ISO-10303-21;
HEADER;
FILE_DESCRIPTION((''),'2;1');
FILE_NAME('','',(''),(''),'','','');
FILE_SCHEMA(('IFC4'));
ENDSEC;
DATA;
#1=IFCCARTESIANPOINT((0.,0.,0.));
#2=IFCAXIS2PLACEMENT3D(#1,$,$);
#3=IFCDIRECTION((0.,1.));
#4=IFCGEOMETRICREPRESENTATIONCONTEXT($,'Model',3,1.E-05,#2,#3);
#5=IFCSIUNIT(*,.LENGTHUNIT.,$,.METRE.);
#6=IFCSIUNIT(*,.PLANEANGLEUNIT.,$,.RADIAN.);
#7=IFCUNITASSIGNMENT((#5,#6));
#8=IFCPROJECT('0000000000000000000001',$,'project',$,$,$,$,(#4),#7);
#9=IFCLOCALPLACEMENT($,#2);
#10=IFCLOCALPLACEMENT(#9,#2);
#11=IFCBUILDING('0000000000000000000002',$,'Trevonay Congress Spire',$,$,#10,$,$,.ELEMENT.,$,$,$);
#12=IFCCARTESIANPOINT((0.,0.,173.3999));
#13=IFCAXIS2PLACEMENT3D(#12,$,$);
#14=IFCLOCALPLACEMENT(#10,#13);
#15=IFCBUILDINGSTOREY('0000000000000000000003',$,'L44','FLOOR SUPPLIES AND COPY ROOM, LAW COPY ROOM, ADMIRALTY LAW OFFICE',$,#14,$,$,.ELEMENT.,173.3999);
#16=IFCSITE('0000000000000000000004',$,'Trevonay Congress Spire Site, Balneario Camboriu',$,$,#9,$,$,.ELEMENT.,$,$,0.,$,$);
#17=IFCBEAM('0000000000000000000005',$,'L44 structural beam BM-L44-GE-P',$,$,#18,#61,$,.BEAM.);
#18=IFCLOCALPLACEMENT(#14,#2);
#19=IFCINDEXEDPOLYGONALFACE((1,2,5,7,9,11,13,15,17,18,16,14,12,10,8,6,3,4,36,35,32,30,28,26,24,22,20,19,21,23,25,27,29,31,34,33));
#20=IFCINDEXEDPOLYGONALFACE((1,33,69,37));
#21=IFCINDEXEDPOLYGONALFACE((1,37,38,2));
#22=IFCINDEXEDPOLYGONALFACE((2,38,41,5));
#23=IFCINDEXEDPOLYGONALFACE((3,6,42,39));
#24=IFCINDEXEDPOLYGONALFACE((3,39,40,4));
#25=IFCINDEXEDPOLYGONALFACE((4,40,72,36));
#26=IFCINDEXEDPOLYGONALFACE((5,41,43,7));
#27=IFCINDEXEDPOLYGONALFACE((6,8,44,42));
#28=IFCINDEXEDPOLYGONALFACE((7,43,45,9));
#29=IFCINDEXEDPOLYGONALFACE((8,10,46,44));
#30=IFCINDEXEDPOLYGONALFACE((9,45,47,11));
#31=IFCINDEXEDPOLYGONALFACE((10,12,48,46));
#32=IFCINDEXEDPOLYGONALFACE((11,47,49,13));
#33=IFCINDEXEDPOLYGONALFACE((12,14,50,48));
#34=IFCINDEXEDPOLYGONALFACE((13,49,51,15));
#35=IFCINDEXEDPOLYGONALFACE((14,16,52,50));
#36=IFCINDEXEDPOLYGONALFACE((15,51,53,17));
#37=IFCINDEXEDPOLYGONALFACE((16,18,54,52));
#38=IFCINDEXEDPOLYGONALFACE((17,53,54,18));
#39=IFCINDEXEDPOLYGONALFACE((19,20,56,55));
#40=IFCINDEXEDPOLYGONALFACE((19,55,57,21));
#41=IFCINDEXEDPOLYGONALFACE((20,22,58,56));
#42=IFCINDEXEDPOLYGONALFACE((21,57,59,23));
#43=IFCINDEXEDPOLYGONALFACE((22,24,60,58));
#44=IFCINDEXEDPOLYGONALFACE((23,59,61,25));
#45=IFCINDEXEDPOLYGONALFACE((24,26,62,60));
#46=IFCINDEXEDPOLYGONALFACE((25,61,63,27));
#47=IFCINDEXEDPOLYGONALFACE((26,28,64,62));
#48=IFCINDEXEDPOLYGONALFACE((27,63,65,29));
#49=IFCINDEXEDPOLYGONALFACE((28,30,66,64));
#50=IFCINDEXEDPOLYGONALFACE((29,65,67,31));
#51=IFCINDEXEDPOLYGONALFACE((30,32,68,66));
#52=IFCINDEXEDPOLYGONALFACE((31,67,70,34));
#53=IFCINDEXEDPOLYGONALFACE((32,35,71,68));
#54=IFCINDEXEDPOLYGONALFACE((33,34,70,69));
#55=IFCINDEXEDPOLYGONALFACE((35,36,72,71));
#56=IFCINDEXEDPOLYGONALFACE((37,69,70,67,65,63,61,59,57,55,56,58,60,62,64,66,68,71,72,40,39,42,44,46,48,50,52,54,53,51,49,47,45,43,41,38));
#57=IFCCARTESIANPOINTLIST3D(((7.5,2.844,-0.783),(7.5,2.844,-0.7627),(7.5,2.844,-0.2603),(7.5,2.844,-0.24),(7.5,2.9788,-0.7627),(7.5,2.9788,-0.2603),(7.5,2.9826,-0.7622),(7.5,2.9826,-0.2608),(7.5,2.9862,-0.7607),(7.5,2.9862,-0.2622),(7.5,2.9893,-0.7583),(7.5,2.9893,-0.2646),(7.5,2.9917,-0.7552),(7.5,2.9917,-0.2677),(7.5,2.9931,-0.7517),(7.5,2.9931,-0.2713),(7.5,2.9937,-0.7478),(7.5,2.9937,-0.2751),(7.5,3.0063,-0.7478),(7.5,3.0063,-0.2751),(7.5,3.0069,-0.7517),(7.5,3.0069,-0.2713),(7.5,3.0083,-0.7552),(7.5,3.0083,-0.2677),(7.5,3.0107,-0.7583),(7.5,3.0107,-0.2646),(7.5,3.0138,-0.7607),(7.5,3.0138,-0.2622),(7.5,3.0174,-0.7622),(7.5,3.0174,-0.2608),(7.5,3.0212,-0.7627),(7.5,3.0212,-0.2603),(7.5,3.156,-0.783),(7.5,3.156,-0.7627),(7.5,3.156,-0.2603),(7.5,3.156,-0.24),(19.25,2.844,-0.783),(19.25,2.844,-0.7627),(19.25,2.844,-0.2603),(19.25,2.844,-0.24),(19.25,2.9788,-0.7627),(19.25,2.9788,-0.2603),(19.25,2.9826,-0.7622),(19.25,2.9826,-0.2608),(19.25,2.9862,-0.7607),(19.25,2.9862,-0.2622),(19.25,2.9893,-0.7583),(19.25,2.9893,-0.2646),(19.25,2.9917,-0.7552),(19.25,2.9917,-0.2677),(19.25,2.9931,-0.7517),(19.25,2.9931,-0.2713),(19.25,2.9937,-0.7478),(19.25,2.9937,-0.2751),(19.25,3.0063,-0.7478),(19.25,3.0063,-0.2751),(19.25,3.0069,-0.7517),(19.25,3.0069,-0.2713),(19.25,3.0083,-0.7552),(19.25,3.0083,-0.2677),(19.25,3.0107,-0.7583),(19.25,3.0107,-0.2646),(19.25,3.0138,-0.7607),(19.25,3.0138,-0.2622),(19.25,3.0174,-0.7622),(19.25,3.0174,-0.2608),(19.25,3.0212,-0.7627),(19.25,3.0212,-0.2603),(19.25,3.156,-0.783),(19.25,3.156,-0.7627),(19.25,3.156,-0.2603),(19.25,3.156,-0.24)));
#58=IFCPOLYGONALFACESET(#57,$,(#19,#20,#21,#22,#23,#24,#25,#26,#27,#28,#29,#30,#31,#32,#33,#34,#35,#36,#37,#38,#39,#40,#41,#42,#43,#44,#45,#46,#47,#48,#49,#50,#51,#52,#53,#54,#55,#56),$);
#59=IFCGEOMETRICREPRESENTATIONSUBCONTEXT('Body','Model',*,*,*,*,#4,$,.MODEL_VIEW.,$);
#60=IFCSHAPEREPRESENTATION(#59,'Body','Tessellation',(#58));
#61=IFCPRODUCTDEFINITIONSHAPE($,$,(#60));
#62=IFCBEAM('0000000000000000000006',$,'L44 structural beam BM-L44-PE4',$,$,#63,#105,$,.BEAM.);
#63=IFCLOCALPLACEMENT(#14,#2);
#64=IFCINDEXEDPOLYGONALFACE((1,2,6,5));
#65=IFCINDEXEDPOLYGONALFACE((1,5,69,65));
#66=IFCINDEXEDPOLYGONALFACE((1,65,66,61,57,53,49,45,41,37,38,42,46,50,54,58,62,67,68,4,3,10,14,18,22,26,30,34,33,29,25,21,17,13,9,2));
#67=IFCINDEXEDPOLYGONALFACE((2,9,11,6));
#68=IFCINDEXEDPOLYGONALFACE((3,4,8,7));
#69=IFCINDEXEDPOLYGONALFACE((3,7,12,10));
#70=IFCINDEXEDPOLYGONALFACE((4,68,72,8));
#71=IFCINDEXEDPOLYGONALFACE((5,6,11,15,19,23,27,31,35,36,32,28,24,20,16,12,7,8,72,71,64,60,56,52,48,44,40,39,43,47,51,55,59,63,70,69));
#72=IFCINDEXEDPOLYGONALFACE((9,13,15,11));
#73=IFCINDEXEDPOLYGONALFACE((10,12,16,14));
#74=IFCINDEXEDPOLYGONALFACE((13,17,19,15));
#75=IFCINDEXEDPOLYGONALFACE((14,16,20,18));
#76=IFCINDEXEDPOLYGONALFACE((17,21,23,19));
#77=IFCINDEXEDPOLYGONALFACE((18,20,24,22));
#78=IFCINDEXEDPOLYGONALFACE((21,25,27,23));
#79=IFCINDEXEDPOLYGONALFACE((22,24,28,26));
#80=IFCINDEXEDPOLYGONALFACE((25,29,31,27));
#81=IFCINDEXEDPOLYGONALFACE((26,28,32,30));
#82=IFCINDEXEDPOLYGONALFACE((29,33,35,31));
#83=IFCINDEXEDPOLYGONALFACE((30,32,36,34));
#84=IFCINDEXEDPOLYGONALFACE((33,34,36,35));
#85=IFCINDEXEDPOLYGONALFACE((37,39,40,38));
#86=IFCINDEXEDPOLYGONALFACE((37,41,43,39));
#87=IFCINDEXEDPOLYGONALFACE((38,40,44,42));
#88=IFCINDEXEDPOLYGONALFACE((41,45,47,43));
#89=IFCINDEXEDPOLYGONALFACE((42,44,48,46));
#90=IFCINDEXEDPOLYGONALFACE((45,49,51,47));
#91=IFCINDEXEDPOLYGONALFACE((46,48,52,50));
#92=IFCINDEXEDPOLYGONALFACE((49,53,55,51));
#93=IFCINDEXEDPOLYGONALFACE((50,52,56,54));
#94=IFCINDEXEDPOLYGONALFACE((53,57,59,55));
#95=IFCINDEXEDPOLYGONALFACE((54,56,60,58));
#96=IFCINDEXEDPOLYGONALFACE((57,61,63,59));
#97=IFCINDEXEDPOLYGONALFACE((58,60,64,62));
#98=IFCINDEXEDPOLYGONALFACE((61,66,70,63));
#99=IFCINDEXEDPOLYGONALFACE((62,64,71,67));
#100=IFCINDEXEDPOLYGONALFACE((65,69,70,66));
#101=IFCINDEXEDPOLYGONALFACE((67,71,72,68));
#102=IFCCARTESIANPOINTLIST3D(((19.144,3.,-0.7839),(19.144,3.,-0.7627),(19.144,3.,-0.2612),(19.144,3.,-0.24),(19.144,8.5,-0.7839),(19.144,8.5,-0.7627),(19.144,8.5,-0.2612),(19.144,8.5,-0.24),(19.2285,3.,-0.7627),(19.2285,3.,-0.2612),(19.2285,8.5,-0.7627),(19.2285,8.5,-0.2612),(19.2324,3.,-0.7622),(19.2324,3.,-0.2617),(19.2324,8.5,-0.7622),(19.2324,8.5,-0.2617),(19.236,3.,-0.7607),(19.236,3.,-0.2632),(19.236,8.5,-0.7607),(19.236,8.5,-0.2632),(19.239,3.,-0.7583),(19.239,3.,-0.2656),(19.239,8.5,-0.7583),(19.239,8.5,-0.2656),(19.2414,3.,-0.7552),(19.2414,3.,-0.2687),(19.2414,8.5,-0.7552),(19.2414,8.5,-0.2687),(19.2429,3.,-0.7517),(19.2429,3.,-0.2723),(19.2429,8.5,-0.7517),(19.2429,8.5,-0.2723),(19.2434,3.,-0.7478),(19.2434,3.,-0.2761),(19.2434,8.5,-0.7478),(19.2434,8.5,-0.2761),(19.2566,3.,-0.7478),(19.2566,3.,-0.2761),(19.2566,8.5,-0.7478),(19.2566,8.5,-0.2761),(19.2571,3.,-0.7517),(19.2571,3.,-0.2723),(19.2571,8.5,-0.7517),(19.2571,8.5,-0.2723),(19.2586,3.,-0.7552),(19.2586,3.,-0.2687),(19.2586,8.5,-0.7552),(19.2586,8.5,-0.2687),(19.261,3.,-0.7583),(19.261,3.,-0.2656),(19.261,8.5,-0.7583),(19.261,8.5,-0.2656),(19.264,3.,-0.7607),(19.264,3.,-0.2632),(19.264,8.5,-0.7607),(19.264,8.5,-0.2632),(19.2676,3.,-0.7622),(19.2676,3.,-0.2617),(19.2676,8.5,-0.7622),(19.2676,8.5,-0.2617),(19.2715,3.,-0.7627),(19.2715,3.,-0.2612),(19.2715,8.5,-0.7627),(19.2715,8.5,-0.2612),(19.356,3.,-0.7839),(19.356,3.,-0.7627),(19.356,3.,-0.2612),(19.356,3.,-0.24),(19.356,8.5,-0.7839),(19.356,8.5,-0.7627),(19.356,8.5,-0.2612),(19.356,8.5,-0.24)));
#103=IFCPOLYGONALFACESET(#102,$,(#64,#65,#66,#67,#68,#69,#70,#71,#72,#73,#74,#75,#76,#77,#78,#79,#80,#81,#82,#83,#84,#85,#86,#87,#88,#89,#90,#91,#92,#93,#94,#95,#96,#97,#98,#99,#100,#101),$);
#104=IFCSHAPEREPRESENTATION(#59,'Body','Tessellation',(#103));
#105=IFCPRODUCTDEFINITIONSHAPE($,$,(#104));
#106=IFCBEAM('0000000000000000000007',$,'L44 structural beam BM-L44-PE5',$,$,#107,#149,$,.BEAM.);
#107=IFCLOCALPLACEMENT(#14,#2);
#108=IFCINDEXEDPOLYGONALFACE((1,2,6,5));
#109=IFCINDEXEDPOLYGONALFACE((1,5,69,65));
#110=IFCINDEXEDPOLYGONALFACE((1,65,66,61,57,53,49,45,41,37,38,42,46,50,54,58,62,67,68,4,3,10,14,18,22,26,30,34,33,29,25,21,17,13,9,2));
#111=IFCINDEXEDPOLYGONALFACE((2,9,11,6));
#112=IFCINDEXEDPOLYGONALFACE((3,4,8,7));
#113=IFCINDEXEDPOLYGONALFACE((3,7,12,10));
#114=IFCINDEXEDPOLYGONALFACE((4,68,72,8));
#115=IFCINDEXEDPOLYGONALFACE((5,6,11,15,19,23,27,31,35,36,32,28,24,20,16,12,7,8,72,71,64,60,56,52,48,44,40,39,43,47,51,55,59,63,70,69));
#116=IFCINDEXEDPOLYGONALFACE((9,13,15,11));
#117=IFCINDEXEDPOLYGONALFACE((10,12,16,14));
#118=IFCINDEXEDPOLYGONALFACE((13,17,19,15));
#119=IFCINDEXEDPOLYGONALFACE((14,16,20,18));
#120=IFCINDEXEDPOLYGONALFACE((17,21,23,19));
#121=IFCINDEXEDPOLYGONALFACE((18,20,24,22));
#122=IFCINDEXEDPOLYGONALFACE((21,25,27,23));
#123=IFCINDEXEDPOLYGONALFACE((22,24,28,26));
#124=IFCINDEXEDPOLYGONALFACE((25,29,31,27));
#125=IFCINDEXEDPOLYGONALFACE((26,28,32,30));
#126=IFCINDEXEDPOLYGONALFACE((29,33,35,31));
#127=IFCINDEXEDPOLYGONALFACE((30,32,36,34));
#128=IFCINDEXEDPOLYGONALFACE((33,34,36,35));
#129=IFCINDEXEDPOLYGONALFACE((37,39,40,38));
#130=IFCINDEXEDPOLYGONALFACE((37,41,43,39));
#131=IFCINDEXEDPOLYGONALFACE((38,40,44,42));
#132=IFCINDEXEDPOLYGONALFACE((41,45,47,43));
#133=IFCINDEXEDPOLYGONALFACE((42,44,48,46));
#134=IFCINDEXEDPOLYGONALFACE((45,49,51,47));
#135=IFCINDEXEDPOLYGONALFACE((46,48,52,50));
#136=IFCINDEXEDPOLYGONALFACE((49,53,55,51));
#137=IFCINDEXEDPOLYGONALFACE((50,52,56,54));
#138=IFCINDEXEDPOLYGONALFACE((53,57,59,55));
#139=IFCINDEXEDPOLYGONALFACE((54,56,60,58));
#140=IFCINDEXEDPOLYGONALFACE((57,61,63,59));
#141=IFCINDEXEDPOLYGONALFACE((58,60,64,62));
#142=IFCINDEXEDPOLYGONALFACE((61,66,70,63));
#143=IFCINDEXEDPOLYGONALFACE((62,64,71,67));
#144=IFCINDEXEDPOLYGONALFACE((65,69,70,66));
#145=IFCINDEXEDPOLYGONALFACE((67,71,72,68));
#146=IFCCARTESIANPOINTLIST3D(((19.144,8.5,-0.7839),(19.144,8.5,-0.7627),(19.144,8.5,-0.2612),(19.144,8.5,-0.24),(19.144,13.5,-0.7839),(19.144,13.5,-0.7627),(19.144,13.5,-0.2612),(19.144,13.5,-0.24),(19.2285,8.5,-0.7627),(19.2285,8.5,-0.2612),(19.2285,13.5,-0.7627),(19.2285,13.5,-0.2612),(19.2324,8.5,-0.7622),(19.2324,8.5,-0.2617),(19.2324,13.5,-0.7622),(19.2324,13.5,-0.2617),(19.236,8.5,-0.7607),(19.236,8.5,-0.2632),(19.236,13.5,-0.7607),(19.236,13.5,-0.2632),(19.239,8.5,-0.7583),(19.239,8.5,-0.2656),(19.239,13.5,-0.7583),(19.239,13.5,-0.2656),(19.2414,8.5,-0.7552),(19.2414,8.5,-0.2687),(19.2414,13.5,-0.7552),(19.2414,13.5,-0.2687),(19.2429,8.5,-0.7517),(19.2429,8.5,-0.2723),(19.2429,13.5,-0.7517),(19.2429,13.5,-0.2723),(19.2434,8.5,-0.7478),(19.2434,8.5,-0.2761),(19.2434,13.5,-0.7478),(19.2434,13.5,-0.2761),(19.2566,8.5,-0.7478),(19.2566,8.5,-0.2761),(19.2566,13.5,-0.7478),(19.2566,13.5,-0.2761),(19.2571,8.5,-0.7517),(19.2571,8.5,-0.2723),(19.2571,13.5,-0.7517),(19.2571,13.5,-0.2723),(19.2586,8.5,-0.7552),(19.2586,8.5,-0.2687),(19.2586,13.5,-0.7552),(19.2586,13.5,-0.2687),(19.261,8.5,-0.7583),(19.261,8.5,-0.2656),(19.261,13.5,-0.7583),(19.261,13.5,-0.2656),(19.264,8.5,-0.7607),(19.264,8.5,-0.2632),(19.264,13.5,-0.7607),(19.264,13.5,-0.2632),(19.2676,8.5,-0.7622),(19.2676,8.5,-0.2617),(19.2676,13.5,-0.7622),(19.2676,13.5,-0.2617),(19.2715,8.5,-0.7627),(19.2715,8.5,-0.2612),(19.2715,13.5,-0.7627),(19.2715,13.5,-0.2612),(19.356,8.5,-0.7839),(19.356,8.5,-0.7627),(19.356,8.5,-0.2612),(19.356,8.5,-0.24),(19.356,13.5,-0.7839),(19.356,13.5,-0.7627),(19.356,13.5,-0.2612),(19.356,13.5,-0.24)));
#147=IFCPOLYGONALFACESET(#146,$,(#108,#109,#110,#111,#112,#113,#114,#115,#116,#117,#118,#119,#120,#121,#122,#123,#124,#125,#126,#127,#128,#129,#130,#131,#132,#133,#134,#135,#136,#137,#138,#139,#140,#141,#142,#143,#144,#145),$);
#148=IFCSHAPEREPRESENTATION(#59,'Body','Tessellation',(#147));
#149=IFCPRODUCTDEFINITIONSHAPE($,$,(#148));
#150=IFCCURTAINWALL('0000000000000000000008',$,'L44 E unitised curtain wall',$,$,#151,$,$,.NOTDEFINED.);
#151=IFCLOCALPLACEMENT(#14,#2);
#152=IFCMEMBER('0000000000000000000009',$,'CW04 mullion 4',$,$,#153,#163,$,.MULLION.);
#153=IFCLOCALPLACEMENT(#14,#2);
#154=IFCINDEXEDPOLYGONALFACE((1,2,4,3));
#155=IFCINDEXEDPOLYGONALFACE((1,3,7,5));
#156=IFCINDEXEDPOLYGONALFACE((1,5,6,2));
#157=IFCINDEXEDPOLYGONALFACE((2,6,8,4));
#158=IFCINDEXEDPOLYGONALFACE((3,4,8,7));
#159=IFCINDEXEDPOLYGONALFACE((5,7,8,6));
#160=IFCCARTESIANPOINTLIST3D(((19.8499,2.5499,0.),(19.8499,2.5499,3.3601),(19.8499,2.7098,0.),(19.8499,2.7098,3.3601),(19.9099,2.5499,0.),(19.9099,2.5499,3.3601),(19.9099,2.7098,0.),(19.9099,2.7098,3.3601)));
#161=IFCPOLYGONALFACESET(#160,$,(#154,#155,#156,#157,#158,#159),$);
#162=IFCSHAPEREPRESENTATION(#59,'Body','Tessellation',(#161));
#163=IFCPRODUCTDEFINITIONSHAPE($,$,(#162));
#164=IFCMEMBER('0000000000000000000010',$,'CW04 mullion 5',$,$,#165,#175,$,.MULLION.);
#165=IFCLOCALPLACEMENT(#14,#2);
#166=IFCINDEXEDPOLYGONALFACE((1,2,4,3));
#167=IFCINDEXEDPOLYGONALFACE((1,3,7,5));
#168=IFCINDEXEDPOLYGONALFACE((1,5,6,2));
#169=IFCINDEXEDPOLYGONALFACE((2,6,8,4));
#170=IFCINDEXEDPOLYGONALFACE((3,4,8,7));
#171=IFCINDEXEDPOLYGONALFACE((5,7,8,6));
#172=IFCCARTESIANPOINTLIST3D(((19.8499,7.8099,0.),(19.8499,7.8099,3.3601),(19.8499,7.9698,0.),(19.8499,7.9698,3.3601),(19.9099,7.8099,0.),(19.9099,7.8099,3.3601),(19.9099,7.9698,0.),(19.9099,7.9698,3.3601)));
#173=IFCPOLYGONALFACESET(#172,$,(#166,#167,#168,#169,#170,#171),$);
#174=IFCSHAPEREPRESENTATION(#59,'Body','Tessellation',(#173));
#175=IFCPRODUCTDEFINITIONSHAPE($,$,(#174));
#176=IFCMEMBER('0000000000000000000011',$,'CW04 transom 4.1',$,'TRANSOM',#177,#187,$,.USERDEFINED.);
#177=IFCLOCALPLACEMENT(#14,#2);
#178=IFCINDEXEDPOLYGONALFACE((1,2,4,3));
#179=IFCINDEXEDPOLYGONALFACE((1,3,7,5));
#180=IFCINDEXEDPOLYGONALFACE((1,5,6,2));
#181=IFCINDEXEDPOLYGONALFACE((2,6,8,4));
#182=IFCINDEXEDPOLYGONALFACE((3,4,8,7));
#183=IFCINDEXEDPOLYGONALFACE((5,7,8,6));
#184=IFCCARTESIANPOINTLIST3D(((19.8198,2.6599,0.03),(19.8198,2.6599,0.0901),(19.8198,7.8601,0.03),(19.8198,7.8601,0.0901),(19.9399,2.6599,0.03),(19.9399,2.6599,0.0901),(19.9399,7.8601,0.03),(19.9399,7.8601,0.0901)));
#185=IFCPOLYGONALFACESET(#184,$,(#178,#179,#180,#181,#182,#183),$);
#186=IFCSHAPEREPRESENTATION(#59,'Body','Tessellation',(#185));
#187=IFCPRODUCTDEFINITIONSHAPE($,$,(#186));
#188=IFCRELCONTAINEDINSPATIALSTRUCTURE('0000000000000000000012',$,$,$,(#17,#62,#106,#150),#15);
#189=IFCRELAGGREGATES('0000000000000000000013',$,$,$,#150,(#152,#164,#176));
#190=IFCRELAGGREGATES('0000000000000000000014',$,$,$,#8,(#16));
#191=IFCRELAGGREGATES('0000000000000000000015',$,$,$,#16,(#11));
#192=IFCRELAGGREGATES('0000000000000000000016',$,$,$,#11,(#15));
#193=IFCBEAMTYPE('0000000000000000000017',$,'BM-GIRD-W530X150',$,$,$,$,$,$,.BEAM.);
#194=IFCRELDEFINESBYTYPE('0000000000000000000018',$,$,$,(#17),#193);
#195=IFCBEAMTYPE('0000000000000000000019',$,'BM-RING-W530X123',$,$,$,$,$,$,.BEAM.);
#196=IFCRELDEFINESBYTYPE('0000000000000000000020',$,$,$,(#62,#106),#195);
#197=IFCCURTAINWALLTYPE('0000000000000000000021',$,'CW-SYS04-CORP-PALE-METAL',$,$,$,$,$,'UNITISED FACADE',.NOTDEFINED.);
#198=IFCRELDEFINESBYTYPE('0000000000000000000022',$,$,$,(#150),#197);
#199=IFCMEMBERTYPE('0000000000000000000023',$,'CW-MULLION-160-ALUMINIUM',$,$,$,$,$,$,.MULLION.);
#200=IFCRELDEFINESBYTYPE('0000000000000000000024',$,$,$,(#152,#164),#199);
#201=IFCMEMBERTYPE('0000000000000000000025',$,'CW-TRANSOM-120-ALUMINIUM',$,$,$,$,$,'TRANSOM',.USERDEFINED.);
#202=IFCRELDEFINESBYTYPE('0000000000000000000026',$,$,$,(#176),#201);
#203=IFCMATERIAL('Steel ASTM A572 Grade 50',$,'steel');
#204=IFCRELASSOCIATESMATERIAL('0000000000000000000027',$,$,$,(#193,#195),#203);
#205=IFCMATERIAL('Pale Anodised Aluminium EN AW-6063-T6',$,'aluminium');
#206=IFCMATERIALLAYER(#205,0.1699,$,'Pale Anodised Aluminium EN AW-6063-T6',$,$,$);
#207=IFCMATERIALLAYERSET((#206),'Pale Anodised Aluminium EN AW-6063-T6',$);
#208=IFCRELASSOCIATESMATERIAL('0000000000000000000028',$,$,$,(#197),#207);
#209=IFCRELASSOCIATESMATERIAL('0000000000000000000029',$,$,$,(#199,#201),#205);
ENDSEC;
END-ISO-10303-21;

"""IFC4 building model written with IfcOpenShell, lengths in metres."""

from ifc_helpers import new_model, si_unit, direction, frame, origin, origin_2d, place, context, subcontext, project, spatial, rectangle, i_section, extrude, material, layer, layer_set, material_profile, profile_set, type_object, element, aggregate, save


model = new_model("IFC4")

# Units and contexts
model_context = context("Model", 3, precision=1e-05, world=origin(), true_north=direction((0.0, 1.0)))
body_context = subcontext(model_context, "Body", "Model", "MODEL_VIEW")
ifc_project = project(units=[si_unit("LENGTHUNIT", "METRE"), si_unit("PLANEANGLEUNIT", "RADIAN")], contexts=[model_context])

# Site, building, storey
site_placement = place(None, origin())
site = spatial("IfcSite", under=ifc_project, at=site_placement, Name="Trevonay Congress Spire Site, Balneario Camboriu", CompositionType="ELEMENT", RefElevation=0.0)
building_placement = place(site_placement, origin())
building = spatial("IfcBuilding", under=site, at=building_placement, Name="Trevonay Congress Spire", CompositionType="ELEMENT")
storey_placement = place(building_placement, frame((0.0, 0.0, 173.3999)))
storey = spatial("IfcBuildingStorey", under=building, at=storey_placement, Name="L44", Description="FLOOR SUPPLIES AND COPY ROOM, LAW COPY ROOM, ADMIRALTY LAW OFFICE", CompositionType="ELEMENT", Elevation=173.3999)

# Shared definitions
ifc_material_1 = material(Name="Steel ASTM A572 Grade 50", Category="steel")

# Beams
ifc_material_profile_1 = material_profile(ifc_material_1, i_section(OverallWidth=0.312, OverallDepth=0.543, WebThickness=0.0127, FlangeThickness=0.0203, FilletRadius=0.0149, at=origin_2d()), Name="W530x150")
ifc_profile_set_1 = profile_set([ifc_material_profile_1], Name="Steel ASTM A572 Grade 50")
beam_type_1 = type_object("IfcBeamType", Name="BM-GIRD-W530X150", PredefinedType="BEAM", material=ifc_profile_set_1)
beam_1_placement = place(storey_placement, frame((7.5, 3.0, -0.5115), z_axis=(1.0, 0.0, 0.0), x_axis=(0.0, 1.0, 0.0)))
element("IfcBeam", 1, at=beam_1_placement, inside=storey, type_object=beam_type_1, Name="L44 structural beam BM-L44-GE-P", PredefinedType="BEAM", context=body_context, shape_type="SweptSolid", body=[
    extrude(i_section(OverallWidth=0.312, OverallDepth=0.543, WebThickness=0.0127, FlangeThickness=0.0203, FilletRadius=0.0149, at=origin_2d()), origin(), (0.0, 0.0, 1.0), 11.75),
])
ifc_material_profile_2 = material_profile(ifc_material_1, i_section(OverallWidth=0.2119, OverallDepth=0.5439, WebThickness=0.0132, FlangeThickness=0.0212, FilletRadius=0.0149, at=origin_2d()), Name="W530x123")
ifc_profile_set_2 = profile_set([ifc_material_profile_2], Name="Steel ASTM A572 Grade 50")
beam_type_2 = type_object("IfcBeamType", Name="BM-RING-W530X123", PredefinedType="BEAM", material=ifc_profile_set_2)
beam_2_placement = place(storey_placement, frame((19.25, 3.0, -0.512), z_axis=(0.0, 1.0, 0.0), x_axis=(-1.0, 0.0, 0.0)))
element("IfcBeam", 2, at=beam_2_placement, inside=storey, type_object=beam_type_2, Name="L44 structural beam BM-L44-PE4", PredefinedType="BEAM", context=body_context, shape_type="SweptSolid", body=[
    extrude(i_section(OverallWidth=0.2119, OverallDepth=0.5439, WebThickness=0.0132, FlangeThickness=0.0212, FilletRadius=0.0149, at=origin_2d()), origin(), (0.0, 0.0, 1.0), 5.5),
])
beam_3_placement = place(storey_placement, frame((19.25, 8.5, -0.512), z_axis=(0.0, 1.0, 0.0), x_axis=(-1.0, 0.0, 0.0)))
element("IfcBeam", 3, at=beam_3_placement, inside=storey, type_object=beam_type_2, Name="L44 structural beam BM-L44-PE5", PredefinedType="BEAM", context=body_context, shape_type="SweptSolid", body=[
    extrude(i_section(OverallWidth=0.2119, OverallDepth=0.5439, WebThickness=0.0132, FlangeThickness=0.0212, FilletRadius=0.0149, at=origin_2d()), origin(), (0.0, 0.0, 1.0), 5.0),
])

# Curtain wall, members
ifc_material_2 = material(Name="Pale Anodised Aluminium EN AW-6063-T6", Category="aluminium")
ifc_layer_1 = layer(ifc_material_2, 0.1699, Name="Pale Anodised Aluminium EN AW-6063-T6")
ifc_layer_set_1 = layer_set([ifc_layer_1], Name="Pale Anodised Aluminium EN AW-6063-T6")
curtain_wall_type = type_object("IfcCurtainWallType", Name="CW-SYS04-CORP-PALE-METAL", ElementType="UNITISED FACADE", PredefinedType="NOTDEFINED", material=ifc_layer_set_1)
curtain_wall_placement = place(storey_placement, origin())
curtain_wall = element("IfcCurtainWall", 4, at=curtain_wall_placement, inside=storey, type_object=curtain_wall_type, Name="L44 E unitised curtain wall", PredefinedType="NOTDEFINED")
ifc_material_profile_3 = material_profile(ifc_material_2, rectangle(XDim=0.0601, YDim=0.1599, at=origin_2d()), Name="CW-MULLION-160-ALUMINIUM")
ifc_profile_set_3 = profile_set([ifc_material_profile_3], Name="Pale Anodised Aluminium EN AW-6063-T6")
member_type_1 = type_object("IfcMemberType", Name="CW-MULLION-160-ALUMINIUM", PredefinedType="MULLION", material=ifc_profile_set_3)
member_1_placement = place(storey_placement, frame((19.8799, 2.6299, 0.0), z_axis=(0.0, 0.0, 1.0), x_axis=(-1.0, 0.0, 0.0)))
member_1 = element("IfcMember", 5, at=member_1_placement, type_object=member_type_1, Name="CW04 mullion 4", PredefinedType="MULLION", context=body_context, shape_type="SweptSolid", body=[
    extrude(rectangle(XDim=0.0601, YDim=0.1599, at=origin_2d()), origin(), (0.0, 0.0, 1.0), 3.3601),
])
member_2_placement = place(storey_placement, frame((19.8799, 7.8899, 0.0), z_axis=(0.0, 0.0, 1.0), x_axis=(-1.0, 0.0, 0.0)))
member_2 = element("IfcMember", 6, at=member_2_placement, type_object=member_type_1, Name="CW04 mullion 5", PredefinedType="MULLION", context=body_context, shape_type="SweptSolid", body=[
    extrude(rectangle(XDim=0.0601, YDim=0.1599, at=origin_2d()), origin(), (0.0, 0.0, 1.0), 3.3601),
])
ifc_material_profile_4 = material_profile(ifc_material_2, rectangle(XDim=0.1201, YDim=0.0601, at=origin_2d()), Name="CW-TRANSOM-120-ALUMINIUM")
ifc_profile_set_4 = profile_set([ifc_material_profile_4], Name="Pale Anodised Aluminium EN AW-6063-T6")
member_type_2 = type_object("IfcMemberType", Name="CW-TRANSOM-120-ALUMINIUM", ElementType="TRANSOM", PredefinedType="USERDEFINED", material=ifc_profile_set_4)
member_3_placement = place(storey_placement, frame((19.8799, 2.6599, 0.0601), z_axis=(0.0, 1.0, 0.0), x_axis=(-1.0, 0.0, 0.0)))
member_3 = element("IfcMember", 7, at=member_3_placement, type_object=member_type_2, Name="CW04 transom 4.1", ObjectType="TRANSOM", PredefinedType="USERDEFINED", context=body_context, shape_type="SweptSolid", body=[
    extrude(rectangle(XDim=0.1201, YDim=0.0601, at=origin_2d()), origin(), (0.0, 0.0, 1.0), 5.2002),
])
aggregate(curtain_wall, [member_1, member_2, member_3])

save(model, "model.ifc")
